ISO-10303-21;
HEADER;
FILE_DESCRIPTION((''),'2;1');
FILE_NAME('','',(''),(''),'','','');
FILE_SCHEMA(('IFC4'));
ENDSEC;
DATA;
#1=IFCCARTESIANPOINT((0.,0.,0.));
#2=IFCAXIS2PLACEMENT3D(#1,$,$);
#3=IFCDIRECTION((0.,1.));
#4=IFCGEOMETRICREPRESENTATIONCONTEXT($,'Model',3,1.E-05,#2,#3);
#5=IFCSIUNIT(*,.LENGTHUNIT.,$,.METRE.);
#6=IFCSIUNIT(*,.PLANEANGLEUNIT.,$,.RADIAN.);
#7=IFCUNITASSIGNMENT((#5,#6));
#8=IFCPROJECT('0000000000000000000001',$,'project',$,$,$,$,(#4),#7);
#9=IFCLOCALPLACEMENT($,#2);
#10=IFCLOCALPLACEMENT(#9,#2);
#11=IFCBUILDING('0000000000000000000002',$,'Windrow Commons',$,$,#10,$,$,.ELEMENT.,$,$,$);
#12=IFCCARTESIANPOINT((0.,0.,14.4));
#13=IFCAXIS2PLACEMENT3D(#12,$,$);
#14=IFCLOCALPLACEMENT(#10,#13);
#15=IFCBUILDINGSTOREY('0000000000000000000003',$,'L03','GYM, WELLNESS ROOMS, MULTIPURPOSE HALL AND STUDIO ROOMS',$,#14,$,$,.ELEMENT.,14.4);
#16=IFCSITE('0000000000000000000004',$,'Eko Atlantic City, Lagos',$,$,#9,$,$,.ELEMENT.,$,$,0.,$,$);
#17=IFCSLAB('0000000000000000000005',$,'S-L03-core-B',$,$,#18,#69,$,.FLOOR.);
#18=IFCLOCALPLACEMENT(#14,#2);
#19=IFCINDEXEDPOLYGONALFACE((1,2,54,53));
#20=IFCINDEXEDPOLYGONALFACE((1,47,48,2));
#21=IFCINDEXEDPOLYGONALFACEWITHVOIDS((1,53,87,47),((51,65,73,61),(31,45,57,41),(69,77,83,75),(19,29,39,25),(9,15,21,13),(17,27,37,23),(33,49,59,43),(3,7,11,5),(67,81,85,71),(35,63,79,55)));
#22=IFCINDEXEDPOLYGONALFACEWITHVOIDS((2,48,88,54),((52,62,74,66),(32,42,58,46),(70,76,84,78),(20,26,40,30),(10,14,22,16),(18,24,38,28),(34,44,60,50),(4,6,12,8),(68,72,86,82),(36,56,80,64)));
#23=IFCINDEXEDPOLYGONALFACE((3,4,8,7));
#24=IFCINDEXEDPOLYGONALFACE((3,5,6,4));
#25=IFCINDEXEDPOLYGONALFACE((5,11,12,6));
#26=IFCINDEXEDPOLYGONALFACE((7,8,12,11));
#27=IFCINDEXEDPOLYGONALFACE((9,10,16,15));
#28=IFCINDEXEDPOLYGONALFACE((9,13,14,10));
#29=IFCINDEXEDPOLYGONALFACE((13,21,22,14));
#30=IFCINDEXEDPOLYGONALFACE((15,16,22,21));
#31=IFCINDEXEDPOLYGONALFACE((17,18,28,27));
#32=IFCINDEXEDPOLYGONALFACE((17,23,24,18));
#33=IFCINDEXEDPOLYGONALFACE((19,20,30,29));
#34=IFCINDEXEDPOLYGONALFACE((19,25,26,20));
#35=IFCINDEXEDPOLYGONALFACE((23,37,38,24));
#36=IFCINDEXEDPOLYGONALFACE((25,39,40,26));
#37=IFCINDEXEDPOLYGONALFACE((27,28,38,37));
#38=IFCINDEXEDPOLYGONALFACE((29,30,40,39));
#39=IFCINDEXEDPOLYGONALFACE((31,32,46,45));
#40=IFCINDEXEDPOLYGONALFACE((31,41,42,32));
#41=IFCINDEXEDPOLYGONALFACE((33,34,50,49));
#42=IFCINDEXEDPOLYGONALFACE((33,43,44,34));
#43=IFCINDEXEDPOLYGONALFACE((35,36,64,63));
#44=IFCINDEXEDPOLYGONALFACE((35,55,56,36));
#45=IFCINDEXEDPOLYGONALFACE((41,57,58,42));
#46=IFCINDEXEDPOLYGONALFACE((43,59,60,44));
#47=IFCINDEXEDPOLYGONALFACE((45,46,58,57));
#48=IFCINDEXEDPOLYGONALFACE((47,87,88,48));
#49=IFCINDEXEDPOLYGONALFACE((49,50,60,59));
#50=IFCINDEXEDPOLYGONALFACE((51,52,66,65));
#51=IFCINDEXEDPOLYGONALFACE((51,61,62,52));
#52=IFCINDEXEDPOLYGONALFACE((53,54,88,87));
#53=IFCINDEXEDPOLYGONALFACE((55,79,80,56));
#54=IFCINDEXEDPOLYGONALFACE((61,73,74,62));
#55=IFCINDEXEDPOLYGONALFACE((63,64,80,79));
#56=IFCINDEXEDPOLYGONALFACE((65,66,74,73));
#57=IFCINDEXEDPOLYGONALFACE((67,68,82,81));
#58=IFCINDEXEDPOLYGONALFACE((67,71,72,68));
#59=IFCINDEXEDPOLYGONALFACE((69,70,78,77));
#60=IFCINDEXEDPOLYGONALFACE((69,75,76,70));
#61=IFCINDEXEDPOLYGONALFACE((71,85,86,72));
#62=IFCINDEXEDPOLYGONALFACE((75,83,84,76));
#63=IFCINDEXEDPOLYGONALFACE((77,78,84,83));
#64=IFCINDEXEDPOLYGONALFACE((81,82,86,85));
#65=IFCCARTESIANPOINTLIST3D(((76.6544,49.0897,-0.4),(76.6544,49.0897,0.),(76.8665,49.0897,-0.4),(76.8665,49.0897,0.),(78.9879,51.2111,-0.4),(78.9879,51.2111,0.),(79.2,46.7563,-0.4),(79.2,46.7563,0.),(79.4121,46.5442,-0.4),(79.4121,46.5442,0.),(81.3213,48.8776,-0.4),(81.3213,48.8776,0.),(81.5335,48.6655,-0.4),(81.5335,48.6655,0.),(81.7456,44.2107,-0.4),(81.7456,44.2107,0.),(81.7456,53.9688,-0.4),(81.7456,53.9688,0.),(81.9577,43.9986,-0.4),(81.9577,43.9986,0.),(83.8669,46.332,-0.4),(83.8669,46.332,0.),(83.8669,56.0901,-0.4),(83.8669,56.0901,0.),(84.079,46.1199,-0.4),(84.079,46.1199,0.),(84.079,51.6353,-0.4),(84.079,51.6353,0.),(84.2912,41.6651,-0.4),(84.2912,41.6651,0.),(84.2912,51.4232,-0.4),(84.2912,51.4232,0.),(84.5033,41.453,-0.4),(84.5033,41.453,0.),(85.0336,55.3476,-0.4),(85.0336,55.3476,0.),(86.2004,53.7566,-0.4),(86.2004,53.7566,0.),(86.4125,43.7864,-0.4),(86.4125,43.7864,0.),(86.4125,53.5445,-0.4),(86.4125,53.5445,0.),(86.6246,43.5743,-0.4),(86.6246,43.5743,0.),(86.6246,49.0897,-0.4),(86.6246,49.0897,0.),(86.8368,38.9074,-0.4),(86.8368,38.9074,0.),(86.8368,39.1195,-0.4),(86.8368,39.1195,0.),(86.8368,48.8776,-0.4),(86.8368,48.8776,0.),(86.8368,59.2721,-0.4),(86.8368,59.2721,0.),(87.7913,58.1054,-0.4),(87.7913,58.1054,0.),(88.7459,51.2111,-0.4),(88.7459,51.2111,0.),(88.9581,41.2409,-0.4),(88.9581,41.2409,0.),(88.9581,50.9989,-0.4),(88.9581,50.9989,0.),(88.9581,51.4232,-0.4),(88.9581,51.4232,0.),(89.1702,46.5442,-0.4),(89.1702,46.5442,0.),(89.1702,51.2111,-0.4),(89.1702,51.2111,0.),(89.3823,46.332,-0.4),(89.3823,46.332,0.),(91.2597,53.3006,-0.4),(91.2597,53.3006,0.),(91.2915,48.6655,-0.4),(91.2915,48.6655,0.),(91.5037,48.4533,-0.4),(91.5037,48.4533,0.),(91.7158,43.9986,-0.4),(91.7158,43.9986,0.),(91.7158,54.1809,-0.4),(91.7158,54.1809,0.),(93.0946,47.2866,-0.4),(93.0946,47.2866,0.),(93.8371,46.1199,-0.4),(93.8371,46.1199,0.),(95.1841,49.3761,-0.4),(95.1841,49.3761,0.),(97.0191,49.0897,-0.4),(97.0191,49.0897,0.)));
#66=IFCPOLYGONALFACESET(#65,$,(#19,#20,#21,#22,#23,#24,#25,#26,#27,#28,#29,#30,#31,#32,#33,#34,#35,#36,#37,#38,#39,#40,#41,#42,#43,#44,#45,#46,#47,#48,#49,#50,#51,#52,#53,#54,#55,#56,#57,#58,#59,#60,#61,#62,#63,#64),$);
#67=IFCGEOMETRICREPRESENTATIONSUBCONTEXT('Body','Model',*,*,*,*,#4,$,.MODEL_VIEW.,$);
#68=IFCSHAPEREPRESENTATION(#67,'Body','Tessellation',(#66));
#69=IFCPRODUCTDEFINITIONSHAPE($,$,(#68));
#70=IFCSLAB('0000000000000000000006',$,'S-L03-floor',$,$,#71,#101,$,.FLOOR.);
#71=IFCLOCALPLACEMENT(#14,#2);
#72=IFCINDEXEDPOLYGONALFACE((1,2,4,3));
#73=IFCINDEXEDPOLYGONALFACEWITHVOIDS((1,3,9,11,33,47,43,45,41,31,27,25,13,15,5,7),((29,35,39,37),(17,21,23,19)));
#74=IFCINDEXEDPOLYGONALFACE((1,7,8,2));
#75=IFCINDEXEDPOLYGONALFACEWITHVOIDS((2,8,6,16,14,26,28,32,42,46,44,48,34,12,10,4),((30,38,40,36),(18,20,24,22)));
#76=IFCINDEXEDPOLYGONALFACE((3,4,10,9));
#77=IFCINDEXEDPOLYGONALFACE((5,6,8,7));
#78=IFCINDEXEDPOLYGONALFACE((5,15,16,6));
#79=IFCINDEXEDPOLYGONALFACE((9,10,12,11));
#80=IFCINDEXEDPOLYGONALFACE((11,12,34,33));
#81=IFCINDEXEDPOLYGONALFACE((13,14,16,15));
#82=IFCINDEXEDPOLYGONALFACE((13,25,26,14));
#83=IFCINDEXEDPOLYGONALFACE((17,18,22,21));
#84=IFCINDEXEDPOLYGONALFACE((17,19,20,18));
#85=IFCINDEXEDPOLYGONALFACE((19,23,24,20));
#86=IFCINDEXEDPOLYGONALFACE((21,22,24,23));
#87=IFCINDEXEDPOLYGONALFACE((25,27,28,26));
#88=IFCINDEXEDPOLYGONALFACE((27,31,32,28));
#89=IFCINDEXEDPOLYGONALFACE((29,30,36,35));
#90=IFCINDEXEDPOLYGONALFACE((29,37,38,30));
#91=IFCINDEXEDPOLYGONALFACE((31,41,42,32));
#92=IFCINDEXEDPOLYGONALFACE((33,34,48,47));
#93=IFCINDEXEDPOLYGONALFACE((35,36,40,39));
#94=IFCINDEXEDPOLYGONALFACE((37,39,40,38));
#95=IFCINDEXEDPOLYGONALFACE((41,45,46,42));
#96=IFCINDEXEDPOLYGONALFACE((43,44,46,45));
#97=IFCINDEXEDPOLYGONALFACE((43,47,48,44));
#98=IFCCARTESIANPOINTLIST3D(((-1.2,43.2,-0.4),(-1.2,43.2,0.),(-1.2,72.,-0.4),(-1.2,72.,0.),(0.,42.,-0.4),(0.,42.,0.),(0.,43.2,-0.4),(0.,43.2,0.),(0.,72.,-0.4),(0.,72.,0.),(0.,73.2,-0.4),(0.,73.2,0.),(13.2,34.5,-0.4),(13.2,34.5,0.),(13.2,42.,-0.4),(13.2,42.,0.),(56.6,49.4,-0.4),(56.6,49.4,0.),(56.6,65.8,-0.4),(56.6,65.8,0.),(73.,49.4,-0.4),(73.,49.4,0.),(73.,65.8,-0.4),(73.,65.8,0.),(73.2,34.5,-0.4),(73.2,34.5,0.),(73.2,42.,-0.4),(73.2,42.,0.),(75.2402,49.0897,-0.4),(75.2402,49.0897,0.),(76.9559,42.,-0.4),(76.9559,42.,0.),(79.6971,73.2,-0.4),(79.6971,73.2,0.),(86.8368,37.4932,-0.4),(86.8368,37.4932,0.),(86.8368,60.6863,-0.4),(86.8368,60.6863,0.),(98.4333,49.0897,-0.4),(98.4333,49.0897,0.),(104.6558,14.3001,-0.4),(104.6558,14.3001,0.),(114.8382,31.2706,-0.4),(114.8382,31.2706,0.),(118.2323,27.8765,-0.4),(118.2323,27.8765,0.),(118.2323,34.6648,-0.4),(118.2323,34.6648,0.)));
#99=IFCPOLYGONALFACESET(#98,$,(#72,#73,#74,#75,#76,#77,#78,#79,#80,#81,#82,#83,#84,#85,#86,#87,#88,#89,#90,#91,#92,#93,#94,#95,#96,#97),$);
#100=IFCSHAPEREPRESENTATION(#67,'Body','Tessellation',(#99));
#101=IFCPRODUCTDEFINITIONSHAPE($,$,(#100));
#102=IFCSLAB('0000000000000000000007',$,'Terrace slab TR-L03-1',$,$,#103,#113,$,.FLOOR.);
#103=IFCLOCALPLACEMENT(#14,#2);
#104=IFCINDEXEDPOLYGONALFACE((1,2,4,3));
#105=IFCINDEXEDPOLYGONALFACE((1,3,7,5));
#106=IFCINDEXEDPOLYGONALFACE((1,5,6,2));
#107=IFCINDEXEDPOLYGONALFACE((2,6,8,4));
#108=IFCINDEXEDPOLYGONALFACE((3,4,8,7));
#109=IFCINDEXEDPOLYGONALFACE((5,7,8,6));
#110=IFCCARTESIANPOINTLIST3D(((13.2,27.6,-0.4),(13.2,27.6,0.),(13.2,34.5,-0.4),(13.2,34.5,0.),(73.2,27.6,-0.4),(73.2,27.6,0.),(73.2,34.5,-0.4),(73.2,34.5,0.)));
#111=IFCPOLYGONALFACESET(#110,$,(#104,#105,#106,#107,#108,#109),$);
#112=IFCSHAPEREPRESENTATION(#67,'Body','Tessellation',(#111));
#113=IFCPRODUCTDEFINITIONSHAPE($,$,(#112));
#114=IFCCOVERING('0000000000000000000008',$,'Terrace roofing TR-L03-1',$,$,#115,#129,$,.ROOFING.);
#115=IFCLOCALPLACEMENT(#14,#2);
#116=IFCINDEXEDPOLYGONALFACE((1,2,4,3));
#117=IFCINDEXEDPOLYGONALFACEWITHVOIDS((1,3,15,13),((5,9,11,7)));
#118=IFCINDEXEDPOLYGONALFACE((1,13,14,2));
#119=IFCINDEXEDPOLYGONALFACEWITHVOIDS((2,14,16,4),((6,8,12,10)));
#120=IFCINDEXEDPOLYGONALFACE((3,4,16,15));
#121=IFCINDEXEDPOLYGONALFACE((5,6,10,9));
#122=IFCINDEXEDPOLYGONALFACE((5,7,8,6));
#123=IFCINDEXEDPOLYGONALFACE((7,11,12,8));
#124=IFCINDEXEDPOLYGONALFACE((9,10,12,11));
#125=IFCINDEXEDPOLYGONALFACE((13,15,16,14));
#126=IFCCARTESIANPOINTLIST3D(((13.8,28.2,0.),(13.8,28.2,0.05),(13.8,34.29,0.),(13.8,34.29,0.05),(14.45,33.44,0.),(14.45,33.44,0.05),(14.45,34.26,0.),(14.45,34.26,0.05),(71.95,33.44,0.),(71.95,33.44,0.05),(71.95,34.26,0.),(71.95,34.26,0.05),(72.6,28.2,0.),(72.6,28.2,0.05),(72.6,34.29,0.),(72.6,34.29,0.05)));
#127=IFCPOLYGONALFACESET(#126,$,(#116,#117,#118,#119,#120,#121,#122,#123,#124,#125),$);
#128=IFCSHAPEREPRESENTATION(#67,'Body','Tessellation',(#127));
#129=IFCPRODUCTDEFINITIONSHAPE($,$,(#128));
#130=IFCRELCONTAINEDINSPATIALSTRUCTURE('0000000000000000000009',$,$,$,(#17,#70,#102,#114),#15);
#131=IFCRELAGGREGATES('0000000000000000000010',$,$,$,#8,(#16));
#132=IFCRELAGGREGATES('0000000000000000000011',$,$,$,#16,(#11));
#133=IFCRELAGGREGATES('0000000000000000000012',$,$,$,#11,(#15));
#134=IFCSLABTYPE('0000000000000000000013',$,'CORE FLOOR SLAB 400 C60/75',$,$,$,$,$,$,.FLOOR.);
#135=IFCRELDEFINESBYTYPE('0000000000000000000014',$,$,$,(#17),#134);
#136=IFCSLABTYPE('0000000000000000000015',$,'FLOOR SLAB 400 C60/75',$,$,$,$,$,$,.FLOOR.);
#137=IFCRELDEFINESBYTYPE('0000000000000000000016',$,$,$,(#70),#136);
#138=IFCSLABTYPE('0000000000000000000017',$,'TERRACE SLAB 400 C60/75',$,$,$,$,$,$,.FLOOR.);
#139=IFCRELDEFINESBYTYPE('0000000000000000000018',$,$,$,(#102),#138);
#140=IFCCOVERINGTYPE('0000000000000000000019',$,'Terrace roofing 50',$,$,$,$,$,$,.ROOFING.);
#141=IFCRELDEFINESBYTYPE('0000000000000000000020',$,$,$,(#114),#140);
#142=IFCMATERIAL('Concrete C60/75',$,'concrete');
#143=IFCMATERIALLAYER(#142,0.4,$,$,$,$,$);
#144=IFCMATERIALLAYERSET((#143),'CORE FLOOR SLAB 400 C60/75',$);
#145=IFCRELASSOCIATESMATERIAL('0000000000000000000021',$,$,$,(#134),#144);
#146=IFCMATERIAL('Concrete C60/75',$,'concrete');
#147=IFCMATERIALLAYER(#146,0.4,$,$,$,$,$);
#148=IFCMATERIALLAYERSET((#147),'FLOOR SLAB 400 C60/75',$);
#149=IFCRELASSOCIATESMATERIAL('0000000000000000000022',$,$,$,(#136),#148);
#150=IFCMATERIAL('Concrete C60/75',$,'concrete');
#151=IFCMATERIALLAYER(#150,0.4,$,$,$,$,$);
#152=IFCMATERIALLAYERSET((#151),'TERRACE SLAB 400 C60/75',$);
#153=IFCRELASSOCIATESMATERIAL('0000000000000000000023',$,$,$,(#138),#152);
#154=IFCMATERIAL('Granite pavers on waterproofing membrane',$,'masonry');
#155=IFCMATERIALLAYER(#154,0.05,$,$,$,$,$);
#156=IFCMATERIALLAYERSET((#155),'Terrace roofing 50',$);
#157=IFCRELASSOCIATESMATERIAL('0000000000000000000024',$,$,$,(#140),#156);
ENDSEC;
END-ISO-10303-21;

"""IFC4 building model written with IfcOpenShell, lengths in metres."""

from ifc_helpers import new_model, si_unit, direction, frame, origin, place, context, subcontext, project, spatial, polyline, outline, extrude, material, layer, layer_set, type_object, element, save


model = new_model("IFC4")

# Units and contexts
model_context = context("Model", 3, precision=1e-05, world=origin(), true_north=direction((0.0, 1.0)))
body_context = subcontext(model_context, "Body", "Model", "MODEL_VIEW")
ifc_project = project(units=[si_unit("LENGTHUNIT", "METRE"), si_unit("PLANEANGLEUNIT", "RADIAN")], contexts=[model_context])

# Site, building, storey
site_placement = place(None, origin())
site = spatial("IfcSite", under=ifc_project, at=site_placement, Name="Eko Atlantic City, Lagos", CompositionType="ELEMENT", RefElevation=0.0)
building_placement = place(site_placement, origin())
building = spatial("IfcBuilding", under=site, at=building_placement, Name="Windrow Commons", CompositionType="ELEMENT")
storey_placement = place(building_placement, frame((0.0, 0.0, 14.4)))
storey = spatial("IfcBuildingStorey", under=building, at=storey_placement, Name="L03", Description="GYM, WELLNESS ROOMS, MULTIPURPOSE HALL AND STUDIO ROOMS", CompositionType="ELEMENT", Elevation=14.4)

# Slabs, openings
ifc_material_1 = material(Name="Concrete C60/75", Category="concrete")
ifc_layer_1 = layer(ifc_material_1, 0.4)
ifc_layer_set_1 = layer_set([ifc_layer_1], Name="CORE FLOOR SLAB 400 C60/75")
slab_type_1 = type_object("IfcSlabType", Name="CORE FLOOR SLAB 400 C60/75", PredefinedType="FLOOR", material=ifc_layer_set_1)
placement = place(storey_placement, frame((0.0, 0.0, -0.4)))
slab_1 = element("IfcSlab", 1, at=placement, inside=storey, type_object=slab_type_1, Name="S-L03-core-B", PredefinedType="FLOOR", context=body_context, shape_type="SweptSolid", body=[
    extrude(outline(polyline([(76.6544, 49.0897), (86.8368, 38.9074), (97.0191, 49.0897), (86.8368, 59.2721), (76.6544, 49.0897)]), holes=[polyline([(76.8665, 49.0897), (79.2, 46.7563), (81.3213, 48.8776), (78.9879, 51.2111), (76.8665, 49.0897)]), polyline([(79.4121, 46.5442), (81.7456, 44.2107), (83.8669, 46.332), (81.5335, 48.6655), (79.4121, 46.5442)]), polyline([(81.9577, 43.9986), (84.2912, 41.6651), (86.4125, 43.7864), (84.079, 46.1199), (81.9577, 43.9986)]), polyline([(84.5033, 41.453), (86.8368, 39.1195), (88.9581, 41.2409), (86.6246, 43.5743), (84.5033, 41.453)]), polyline([(81.7456, 53.9688), (84.079, 51.6353), (86.2004, 53.7566), (83.8669, 56.0901), (81.7456, 53.9688)]), polyline([(84.2912, 51.4232), (86.6246, 49.0897), (88.7459, 51.2111), (86.4125, 53.5445), (84.2912, 51.4232)]), polyline([(86.8368, 48.8776), (89.1702, 46.5442), (91.2915, 48.6655), (88.9581, 50.9989), (86.8368, 48.8776)]), polyline([(89.3823, 46.332), (91.7158, 43.9986), (93.8371, 46.1199), (91.5037, 48.4533), (89.3823, 46.332)]), polyline([(85.0336, 55.3476), (88.9581, 51.4232), (91.7158, 54.1809), (87.7913, 58.1054), (85.0336, 55.3476)]), polyline([(89.1702, 51.2111), (93.0946, 47.2866), (95.1841, 49.3761), (91.2597, 53.3006), (89.1702, 51.2111)])]), origin(), (0.0, 0.0, 1.0), 0.4),
])
opening_1_placement = place(placement, origin())
element("IfcOpeningElement", 2, at=opening_1_placement, cuts=slab_1, PredefinedType="OPENING", context=body_context, shape_type="SweptSolid", body=[
    extrude(outline(polyline([(76.8736, 49.0897), (78.9879, 51.204), (81.3142, 48.8776), (79.2, 46.7634), (76.8736, 49.0897)])), origin(), (0.0, 0.0, 1.0), 0.4),
])
opening_2_placement = place(placement, origin())
element("IfcOpeningElement", 3, at=opening_2_placement, cuts=slab_1, PredefinedType="OPENING", context=body_context, shape_type="SweptSolid", body=[
    extrude(outline(polyline([(79.4192, 46.5442), (81.5335, 48.6584), (83.8598, 46.332), (81.7456, 44.2178), (79.4192, 46.5442)])), origin(), (0.0, 0.0, 1.0), 0.4),
])
opening_3_placement = place(placement, origin())
element("IfcOpeningElement", 4, at=opening_3_placement, cuts=slab_1, PredefinedType="OPENING", context=body_context, shape_type="SweptSolid", body=[
    extrude(outline(polyline([(81.9648, 43.9986), (84.079, 46.1128), (86.4054, 43.7864), (84.2912, 41.6722), (81.9648, 43.9986)])), origin(), (0.0, 0.0, 1.0), 0.4),
])
opening_4_placement = place(placement, origin())
element("IfcOpeningElement", 5, at=opening_4_placement, cuts=slab_1, PredefinedType="OPENING", context=body_context, shape_type="SweptSolid", body=[
    extrude(outline(polyline([(84.5104, 41.453), (86.6246, 43.5672), (88.951, 41.2409), (86.8368, 39.1266), (84.5104, 41.453)])), origin(), (0.0, 0.0, 1.0), 0.4),
])
opening_5_placement = place(placement, origin())
element("IfcOpeningElement", 6, at=opening_5_placement, cuts=slab_1, PredefinedType="OPENING", context=body_context, shape_type="SweptSolid", body=[
    extrude(outline(polyline([(81.7527, 53.9688), (83.8669, 56.083), (86.1933, 53.7566), (84.079, 51.6424), (81.7527, 53.9688)])), origin(), (0.0, 0.0, 1.0), 0.4),
])
opening_6_placement = place(placement, origin())
element("IfcOpeningElement", 7, at=opening_6_placement, cuts=slab_1, PredefinedType="OPENING", context=body_context, shape_type="SweptSolid", body=[
    extrude(outline(polyline([(84.2983, 51.4232), (86.4125, 53.5374), (88.7388, 51.2111), (86.6246, 49.0968), (84.2983, 51.4232)])), origin(), (0.0, 0.0, 1.0), 0.4),
])
opening_7_placement = place(placement, origin())
element("IfcOpeningElement", 8, at=opening_7_placement, cuts=slab_1, PredefinedType="OPENING", context=body_context, shape_type="SweptSolid", body=[
    extrude(outline(polyline([(86.8439, 48.8776), (88.9581, 50.9918), (91.2844, 48.6655), (89.1702, 46.5513), (86.8439, 48.8776)])), origin(), (0.0, 0.0, 1.0), 0.4),
])
opening_8_placement = place(placement, origin())
element("IfcOpeningElement", 9, at=opening_8_placement, cuts=slab_1, PredefinedType="OPENING", context=body_context, shape_type="SweptSolid", body=[
    extrude(outline(polyline([(89.3894, 46.332), (91.5037, 48.4462), (93.83, 46.1199), (91.7158, 44.0057), (89.3894, 46.332)])), origin(), (0.0, 0.0, 1.0), 0.4),
])
opening_9_placement = place(placement, origin())
element("IfcOpeningElement", 10, at=opening_9_placement, cuts=slab_1, PredefinedType="OPENING", context=body_context, shape_type="SweptSolid", body=[
    extrude(outline(polyline([(85.0407, 55.3476), (87.7913, 58.0983), (91.7087, 54.1809), (88.9581, 51.4303), (85.0407, 55.3476)])), origin(), (0.0, 0.0, 1.0), 0.4),
])
opening_10_placement = place(placement, origin())
element("IfcOpeningElement", 11, at=opening_10_placement, cuts=slab_1, PredefinedType="OPENING", context=body_context, shape_type="SweptSolid", body=[
    extrude(outline(polyline([(89.1773, 51.2111), (91.2597, 53.2935), (95.177, 49.3761), (93.0946, 47.2937), (89.1773, 51.2111)])), origin(), (0.0, 0.0, 1.0), 0.4),
])
ifc_material_2 = material(Name="Concrete C60/75", Category="concrete")
ifc_layer_2 = layer(ifc_material_2, 0.4)
ifc_layer_set_2 = layer_set([ifc_layer_2], Name="FLOOR SLAB 400 C60/75")
slab_type_2 = type_object("IfcSlabType", Name="FLOOR SLAB 400 C60/75", PredefinedType="FLOOR", material=ifc_layer_set_2)
slab_2 = element("IfcSlab", 12, at=placement, inside=storey, type_object=slab_type_2, Name="S-L03-floor", PredefinedType="FLOOR", context=body_context, shape_type="SweptSolid", body=[
    extrude(outline(polyline([(73.2, 42.0), (76.9559, 42.0), (104.6558, 14.3001), (118.2323, 27.8765), (114.8382, 31.2706), (118.2323, 34.6648), (79.6971, 73.2), (0.0, 73.2), (0.0, 72.0), (-1.2, 72.0), (-1.2, 43.2), (0.0, 43.2), (0.0, 42.0), (13.2, 42.0), (13.2, 34.5), (73.2, 34.5), (73.2, 42.0)]), holes=[polyline([(75.2402, 49.0897), (86.8368, 60.6863), (98.4333, 49.0897), (86.8368, 37.4932), (75.2402, 49.0897)]), polyline([(56.6, 49.4), (56.6, 65.8), (73.0, 65.8), (73.0, 49.4), (56.6, 49.4)])]), origin(), (0.0, 0.0, 1.0), 0.4),
])
opening_11_placement = place(placement, origin())
element("IfcOpeningElement", 13, at=opening_11_placement, cuts=slab_2, PredefinedType="OPENING", context=body_context, shape_type="SweptSolid", body=[
    extrude(outline(polyline([(75.2473, 49.0897), (86.8368, 60.6792), (98.4262, 49.0897), (86.8368, 37.5003), (75.2473, 49.0897)])), origin(), (0.0, 0.0, 1.0), 0.4),
])
opening_12_placement = place(placement, origin())
element("IfcOpeningElement", 14, at=opening_12_placement, cuts=slab_2, PredefinedType="OPENING", context=body_context, shape_type="SweptSolid", body=[
    extrude(outline(polyline([(56.605, 49.405), (56.605, 65.795), (72.995, 65.795), (72.995, 49.405), (56.605, 49.405)])), origin(), (0.0, 0.0, 1.0), 0.4),
])

# Slab
ifc_material_3 = material(Name="Concrete C60/75", Category="concrete")
ifc_layer_3 = layer(ifc_material_3, 0.4)
ifc_layer_set_3 = layer_set([ifc_layer_3], Name="TERRACE SLAB 400 C60/75")
slab_type_3 = type_object("IfcSlabType", Name="TERRACE SLAB 400 C60/75", PredefinedType="FLOOR", material=ifc_layer_set_3)
element("IfcSlab", 15, at=placement, inside=storey, type_object=slab_type_3, Name="Terrace slab TR-L03-1", PredefinedType="FLOOR", context=body_context, shape_type="SweptSolid", body=[
    extrude(outline(polyline([(13.2, 27.6), (73.2, 27.6), (73.2, 34.5), (13.2, 34.5), (13.2, 27.6)])), origin(), (0.0, 0.0, 1.0), 0.4),
])

# Covering
ifc_material_4 = material(Name="Granite pavers on waterproofing membrane", Category="masonry")
ifc_layer_4 = layer(ifc_material_4, 0.05)
ifc_layer_set_4 = layer_set([ifc_layer_4], Name="Terrace roofing 50")
covering_type = type_object("IfcCoveringType", Name="Terrace roofing 50", PredefinedType="ROOFING", material=ifc_layer_set_4)
covering_placement = place(storey_placement, origin())
element("IfcCovering", 16, at=covering_placement, inside=storey, type_object=covering_type, Name="Terrace roofing TR-L03-1", PredefinedType="ROOFING", context=body_context, shape_type="SweptSolid", body=[
    extrude(outline(polyline([(72.6, 34.29), (72.6, 28.2), (13.8, 28.2), (13.8, 34.29), (72.6, 34.29)]), holes=[polyline([(14.45, 34.26), (14.45, 33.44), (71.95, 33.44), (71.95, 34.26), (14.45, 34.26)])]), origin(), (0.0, 0.0, 1.0), 0.05),
])

save(model, "model.ifc")
